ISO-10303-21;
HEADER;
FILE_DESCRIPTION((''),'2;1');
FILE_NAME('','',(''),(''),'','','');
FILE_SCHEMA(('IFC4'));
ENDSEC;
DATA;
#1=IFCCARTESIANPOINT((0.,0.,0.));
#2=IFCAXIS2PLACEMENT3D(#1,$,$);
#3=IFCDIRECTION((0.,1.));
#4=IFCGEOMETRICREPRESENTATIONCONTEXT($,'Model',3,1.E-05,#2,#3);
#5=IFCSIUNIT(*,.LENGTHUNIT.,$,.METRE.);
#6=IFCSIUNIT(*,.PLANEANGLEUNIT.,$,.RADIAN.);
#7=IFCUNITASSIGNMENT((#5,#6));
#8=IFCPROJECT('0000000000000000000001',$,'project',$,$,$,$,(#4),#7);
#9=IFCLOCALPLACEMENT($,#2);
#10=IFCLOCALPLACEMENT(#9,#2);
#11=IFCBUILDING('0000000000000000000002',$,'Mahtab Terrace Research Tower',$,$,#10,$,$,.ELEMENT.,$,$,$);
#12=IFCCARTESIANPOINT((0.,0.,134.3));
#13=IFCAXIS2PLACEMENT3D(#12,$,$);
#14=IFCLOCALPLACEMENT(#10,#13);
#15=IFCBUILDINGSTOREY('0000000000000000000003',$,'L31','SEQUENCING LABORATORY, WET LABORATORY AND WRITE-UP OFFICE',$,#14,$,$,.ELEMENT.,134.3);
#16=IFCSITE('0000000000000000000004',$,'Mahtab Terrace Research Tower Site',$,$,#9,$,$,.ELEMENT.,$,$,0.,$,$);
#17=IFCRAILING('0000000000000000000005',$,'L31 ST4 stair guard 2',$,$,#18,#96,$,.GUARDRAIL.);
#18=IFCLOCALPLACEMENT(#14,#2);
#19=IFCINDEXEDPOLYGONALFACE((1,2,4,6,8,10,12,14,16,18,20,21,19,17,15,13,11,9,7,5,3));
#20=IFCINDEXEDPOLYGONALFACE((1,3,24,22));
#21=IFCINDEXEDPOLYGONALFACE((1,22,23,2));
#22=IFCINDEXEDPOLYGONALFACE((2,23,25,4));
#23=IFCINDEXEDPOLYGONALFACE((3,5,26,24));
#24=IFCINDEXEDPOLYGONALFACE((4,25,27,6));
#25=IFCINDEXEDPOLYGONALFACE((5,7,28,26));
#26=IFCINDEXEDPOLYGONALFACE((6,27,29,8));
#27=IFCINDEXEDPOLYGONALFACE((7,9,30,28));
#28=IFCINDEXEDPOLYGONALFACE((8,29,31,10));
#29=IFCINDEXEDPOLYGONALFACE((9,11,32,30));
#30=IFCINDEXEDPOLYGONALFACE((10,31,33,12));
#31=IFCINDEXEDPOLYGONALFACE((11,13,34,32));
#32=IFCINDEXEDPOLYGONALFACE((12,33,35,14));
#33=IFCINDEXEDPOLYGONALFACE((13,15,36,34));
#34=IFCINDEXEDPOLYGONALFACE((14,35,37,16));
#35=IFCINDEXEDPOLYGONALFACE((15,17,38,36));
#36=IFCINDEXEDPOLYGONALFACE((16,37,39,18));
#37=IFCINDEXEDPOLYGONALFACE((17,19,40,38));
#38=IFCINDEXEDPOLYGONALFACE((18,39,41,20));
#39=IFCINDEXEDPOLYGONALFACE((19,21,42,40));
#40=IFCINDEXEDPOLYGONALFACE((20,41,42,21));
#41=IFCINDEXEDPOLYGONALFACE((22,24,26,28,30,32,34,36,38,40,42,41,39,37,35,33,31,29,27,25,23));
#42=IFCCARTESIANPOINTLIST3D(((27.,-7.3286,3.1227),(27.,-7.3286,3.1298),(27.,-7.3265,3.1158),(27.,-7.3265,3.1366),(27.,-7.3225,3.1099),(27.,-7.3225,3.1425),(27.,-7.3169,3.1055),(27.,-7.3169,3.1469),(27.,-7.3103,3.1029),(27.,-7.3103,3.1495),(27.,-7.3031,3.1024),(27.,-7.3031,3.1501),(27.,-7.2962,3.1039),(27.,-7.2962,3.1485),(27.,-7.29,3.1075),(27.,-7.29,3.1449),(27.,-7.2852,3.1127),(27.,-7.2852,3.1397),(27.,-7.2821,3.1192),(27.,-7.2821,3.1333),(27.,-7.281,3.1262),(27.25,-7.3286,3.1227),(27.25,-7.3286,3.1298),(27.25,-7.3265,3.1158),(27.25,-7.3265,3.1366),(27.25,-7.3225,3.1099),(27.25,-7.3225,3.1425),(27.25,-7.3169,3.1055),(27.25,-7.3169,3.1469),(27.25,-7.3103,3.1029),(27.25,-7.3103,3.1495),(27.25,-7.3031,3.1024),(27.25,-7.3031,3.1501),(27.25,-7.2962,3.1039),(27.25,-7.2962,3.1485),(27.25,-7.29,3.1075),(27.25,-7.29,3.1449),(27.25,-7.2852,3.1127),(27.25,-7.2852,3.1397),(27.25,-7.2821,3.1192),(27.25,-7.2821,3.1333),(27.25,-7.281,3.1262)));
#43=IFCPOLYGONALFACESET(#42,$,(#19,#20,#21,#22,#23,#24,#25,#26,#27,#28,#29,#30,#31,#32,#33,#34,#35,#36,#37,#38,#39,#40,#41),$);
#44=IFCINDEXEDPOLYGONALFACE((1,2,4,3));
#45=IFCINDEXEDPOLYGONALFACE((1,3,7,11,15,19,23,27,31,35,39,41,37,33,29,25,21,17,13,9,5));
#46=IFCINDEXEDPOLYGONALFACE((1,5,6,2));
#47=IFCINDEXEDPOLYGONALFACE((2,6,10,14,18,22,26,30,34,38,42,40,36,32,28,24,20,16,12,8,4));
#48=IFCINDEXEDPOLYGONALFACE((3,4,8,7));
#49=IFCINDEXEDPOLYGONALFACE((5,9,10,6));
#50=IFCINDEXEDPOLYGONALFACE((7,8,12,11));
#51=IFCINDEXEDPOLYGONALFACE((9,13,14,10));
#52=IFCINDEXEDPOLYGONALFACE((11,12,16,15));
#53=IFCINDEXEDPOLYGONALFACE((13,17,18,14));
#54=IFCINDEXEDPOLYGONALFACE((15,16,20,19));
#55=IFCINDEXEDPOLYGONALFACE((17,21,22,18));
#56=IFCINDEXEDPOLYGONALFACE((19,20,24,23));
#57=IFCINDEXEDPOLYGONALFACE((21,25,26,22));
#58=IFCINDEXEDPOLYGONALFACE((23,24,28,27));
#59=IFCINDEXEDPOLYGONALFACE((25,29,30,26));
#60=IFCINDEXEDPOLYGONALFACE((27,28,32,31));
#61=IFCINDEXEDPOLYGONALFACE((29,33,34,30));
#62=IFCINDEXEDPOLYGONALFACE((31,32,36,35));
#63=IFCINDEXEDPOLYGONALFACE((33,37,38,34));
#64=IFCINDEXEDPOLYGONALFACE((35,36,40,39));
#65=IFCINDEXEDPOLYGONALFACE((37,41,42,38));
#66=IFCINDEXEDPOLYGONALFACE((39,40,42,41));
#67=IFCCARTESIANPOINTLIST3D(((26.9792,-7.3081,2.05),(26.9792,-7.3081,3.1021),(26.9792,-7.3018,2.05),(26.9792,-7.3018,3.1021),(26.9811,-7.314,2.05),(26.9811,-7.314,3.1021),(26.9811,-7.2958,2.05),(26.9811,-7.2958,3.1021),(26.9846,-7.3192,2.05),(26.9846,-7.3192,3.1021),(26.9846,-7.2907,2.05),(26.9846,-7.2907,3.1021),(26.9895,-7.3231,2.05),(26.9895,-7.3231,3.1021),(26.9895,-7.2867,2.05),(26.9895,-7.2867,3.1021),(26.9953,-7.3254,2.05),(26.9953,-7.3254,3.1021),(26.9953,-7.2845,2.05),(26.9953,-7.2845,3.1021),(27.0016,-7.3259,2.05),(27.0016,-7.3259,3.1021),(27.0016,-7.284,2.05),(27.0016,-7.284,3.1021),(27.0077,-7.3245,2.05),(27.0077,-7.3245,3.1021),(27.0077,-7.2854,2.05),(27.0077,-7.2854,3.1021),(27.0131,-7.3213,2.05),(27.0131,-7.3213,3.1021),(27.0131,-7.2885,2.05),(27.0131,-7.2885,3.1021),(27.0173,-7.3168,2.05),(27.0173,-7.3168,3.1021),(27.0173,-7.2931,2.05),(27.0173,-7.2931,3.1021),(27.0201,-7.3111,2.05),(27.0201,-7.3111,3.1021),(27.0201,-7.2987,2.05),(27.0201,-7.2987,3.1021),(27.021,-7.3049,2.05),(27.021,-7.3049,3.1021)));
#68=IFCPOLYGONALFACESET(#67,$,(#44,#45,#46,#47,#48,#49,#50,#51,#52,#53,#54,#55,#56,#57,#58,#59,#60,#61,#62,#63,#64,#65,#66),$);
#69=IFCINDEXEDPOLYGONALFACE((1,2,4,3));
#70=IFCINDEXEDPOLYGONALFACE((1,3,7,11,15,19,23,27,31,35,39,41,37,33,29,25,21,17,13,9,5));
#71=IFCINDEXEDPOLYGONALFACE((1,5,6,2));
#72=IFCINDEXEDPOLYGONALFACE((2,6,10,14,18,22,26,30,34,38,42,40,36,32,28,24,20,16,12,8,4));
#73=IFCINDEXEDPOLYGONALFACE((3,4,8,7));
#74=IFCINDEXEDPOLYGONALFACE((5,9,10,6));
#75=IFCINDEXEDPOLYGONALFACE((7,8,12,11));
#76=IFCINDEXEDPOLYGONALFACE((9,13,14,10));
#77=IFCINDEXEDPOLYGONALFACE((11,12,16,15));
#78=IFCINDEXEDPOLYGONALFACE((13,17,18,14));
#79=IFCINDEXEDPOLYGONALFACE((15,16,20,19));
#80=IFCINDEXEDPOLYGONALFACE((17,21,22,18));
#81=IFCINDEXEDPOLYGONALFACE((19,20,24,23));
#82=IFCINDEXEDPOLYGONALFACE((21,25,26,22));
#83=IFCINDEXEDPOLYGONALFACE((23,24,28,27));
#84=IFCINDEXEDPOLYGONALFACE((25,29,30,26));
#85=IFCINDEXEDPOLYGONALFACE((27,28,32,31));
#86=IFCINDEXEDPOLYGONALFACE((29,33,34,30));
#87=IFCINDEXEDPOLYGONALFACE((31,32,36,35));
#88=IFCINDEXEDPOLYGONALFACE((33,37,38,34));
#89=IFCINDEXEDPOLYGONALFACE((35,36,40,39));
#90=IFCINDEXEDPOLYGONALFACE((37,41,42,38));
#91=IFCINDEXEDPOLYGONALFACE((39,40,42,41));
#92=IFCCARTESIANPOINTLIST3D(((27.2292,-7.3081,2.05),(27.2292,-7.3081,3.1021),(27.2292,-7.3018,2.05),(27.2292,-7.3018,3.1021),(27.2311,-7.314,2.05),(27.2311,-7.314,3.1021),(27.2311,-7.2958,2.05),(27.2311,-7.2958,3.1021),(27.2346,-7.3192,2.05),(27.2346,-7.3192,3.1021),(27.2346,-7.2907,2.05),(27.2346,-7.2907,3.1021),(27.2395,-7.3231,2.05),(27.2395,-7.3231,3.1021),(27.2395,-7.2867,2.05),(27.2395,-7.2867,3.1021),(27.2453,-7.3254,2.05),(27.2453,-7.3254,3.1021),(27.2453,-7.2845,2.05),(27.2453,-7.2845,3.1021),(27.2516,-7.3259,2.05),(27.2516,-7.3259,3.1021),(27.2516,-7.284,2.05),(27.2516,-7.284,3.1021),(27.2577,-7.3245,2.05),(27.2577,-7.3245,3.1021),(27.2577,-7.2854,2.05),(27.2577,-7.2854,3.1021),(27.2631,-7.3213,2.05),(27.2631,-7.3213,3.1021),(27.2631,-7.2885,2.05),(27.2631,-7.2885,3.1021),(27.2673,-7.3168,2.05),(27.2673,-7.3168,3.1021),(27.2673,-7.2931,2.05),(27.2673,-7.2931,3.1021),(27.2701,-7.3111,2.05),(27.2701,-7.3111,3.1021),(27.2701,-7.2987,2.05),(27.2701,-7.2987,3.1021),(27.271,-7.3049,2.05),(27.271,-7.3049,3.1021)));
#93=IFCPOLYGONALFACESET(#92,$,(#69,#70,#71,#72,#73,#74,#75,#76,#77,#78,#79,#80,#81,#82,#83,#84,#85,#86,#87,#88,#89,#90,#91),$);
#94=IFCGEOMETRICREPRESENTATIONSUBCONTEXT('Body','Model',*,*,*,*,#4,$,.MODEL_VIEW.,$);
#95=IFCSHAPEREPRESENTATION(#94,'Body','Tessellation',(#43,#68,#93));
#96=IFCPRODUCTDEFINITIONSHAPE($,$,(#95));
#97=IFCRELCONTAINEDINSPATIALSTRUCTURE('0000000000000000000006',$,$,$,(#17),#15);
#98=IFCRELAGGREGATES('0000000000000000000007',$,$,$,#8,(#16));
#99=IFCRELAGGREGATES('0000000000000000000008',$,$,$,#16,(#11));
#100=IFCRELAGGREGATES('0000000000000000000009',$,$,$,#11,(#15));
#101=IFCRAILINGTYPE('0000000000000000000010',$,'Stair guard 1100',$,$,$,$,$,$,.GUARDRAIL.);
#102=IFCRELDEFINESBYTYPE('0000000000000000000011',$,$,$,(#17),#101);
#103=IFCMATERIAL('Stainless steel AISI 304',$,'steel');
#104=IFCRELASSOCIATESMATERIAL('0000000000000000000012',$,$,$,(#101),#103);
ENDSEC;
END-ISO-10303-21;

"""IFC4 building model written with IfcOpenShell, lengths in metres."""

from ifc_helpers import new_model, si_unit, direction, frame, origin, origin_2d, place, context, subcontext, project, spatial, circle, extrude, material, type_object, element, save


model = new_model("IFC4")

# Units and contexts
model_context = context("Model", 3, precision=1e-05, world=origin(), true_north=direction((0.0, 1.0)))
body_context = subcontext(model_context, "Body", "Model", "MODEL_VIEW")
ifc_project = project(units=[si_unit("LENGTHUNIT", "METRE"), si_unit("PLANEANGLEUNIT", "RADIAN")], contexts=[model_context])

# Site, building, storey
site_placement = place(None, origin())
site = spatial("IfcSite", under=ifc_project, at=site_placement, Name="Mahtab Terrace Research Tower Site", CompositionType="ELEMENT", RefElevation=0.0)
building_placement = place(site_placement, origin())
building = spatial("IfcBuilding", under=site, at=building_placement, Name="Mahtab Terrace Research Tower", CompositionType="ELEMENT")
storey_placement = place(building_placement, frame((0.0, 0.0, 134.3)))
storey = spatial("IfcBuildingStorey", under=building, at=storey_placement, Name="L31", Description="SEQUENCING LABORATORY, WET LABORATORY AND WRITE-UP OFFICE", CompositionType="ELEMENT", Elevation=134.3)

# Railing
ifc_material_1 = material(Name="Stainless steel AISI 304", Category="steel")
railing_type_1 = type_object("IfcRailingType", Name="Stair guard 1100", PredefinedType="GUARDRAIL", material=ifc_material_1)
railing_1_placement = place(storey_placement, frame((27.0, -7.3049, 2.05)))
element("IfcRailing", 1, at=railing_1_placement, inside=storey, type_object=railing_type_1, Name="L31 ST4 stair guard 2", PredefinedType="GUARDRAIL", context=body_context, shape_type="SweptSolid", body=[
    extrude(circle(Radius=0.0239, at=origin_2d()), frame((0.0, 0.0, 1.0762), z_axis=(1.0, 0.0, 0.0), x_axis=(0.0, 1.0, 0.0)), (0.0, 0.0, 1.0), 0.25),
    extrude(circle(Radius=0.021, at=origin_2d()), origin(), (0.0, 0.0, 1.0), 1.052),
    extrude(circle(Radius=0.021, at=origin_2d()), frame((0.25, 0.0, 0.0)), (0.0, 0.0, 1.0), 1.052),
])

save(model, "model.ifc")
